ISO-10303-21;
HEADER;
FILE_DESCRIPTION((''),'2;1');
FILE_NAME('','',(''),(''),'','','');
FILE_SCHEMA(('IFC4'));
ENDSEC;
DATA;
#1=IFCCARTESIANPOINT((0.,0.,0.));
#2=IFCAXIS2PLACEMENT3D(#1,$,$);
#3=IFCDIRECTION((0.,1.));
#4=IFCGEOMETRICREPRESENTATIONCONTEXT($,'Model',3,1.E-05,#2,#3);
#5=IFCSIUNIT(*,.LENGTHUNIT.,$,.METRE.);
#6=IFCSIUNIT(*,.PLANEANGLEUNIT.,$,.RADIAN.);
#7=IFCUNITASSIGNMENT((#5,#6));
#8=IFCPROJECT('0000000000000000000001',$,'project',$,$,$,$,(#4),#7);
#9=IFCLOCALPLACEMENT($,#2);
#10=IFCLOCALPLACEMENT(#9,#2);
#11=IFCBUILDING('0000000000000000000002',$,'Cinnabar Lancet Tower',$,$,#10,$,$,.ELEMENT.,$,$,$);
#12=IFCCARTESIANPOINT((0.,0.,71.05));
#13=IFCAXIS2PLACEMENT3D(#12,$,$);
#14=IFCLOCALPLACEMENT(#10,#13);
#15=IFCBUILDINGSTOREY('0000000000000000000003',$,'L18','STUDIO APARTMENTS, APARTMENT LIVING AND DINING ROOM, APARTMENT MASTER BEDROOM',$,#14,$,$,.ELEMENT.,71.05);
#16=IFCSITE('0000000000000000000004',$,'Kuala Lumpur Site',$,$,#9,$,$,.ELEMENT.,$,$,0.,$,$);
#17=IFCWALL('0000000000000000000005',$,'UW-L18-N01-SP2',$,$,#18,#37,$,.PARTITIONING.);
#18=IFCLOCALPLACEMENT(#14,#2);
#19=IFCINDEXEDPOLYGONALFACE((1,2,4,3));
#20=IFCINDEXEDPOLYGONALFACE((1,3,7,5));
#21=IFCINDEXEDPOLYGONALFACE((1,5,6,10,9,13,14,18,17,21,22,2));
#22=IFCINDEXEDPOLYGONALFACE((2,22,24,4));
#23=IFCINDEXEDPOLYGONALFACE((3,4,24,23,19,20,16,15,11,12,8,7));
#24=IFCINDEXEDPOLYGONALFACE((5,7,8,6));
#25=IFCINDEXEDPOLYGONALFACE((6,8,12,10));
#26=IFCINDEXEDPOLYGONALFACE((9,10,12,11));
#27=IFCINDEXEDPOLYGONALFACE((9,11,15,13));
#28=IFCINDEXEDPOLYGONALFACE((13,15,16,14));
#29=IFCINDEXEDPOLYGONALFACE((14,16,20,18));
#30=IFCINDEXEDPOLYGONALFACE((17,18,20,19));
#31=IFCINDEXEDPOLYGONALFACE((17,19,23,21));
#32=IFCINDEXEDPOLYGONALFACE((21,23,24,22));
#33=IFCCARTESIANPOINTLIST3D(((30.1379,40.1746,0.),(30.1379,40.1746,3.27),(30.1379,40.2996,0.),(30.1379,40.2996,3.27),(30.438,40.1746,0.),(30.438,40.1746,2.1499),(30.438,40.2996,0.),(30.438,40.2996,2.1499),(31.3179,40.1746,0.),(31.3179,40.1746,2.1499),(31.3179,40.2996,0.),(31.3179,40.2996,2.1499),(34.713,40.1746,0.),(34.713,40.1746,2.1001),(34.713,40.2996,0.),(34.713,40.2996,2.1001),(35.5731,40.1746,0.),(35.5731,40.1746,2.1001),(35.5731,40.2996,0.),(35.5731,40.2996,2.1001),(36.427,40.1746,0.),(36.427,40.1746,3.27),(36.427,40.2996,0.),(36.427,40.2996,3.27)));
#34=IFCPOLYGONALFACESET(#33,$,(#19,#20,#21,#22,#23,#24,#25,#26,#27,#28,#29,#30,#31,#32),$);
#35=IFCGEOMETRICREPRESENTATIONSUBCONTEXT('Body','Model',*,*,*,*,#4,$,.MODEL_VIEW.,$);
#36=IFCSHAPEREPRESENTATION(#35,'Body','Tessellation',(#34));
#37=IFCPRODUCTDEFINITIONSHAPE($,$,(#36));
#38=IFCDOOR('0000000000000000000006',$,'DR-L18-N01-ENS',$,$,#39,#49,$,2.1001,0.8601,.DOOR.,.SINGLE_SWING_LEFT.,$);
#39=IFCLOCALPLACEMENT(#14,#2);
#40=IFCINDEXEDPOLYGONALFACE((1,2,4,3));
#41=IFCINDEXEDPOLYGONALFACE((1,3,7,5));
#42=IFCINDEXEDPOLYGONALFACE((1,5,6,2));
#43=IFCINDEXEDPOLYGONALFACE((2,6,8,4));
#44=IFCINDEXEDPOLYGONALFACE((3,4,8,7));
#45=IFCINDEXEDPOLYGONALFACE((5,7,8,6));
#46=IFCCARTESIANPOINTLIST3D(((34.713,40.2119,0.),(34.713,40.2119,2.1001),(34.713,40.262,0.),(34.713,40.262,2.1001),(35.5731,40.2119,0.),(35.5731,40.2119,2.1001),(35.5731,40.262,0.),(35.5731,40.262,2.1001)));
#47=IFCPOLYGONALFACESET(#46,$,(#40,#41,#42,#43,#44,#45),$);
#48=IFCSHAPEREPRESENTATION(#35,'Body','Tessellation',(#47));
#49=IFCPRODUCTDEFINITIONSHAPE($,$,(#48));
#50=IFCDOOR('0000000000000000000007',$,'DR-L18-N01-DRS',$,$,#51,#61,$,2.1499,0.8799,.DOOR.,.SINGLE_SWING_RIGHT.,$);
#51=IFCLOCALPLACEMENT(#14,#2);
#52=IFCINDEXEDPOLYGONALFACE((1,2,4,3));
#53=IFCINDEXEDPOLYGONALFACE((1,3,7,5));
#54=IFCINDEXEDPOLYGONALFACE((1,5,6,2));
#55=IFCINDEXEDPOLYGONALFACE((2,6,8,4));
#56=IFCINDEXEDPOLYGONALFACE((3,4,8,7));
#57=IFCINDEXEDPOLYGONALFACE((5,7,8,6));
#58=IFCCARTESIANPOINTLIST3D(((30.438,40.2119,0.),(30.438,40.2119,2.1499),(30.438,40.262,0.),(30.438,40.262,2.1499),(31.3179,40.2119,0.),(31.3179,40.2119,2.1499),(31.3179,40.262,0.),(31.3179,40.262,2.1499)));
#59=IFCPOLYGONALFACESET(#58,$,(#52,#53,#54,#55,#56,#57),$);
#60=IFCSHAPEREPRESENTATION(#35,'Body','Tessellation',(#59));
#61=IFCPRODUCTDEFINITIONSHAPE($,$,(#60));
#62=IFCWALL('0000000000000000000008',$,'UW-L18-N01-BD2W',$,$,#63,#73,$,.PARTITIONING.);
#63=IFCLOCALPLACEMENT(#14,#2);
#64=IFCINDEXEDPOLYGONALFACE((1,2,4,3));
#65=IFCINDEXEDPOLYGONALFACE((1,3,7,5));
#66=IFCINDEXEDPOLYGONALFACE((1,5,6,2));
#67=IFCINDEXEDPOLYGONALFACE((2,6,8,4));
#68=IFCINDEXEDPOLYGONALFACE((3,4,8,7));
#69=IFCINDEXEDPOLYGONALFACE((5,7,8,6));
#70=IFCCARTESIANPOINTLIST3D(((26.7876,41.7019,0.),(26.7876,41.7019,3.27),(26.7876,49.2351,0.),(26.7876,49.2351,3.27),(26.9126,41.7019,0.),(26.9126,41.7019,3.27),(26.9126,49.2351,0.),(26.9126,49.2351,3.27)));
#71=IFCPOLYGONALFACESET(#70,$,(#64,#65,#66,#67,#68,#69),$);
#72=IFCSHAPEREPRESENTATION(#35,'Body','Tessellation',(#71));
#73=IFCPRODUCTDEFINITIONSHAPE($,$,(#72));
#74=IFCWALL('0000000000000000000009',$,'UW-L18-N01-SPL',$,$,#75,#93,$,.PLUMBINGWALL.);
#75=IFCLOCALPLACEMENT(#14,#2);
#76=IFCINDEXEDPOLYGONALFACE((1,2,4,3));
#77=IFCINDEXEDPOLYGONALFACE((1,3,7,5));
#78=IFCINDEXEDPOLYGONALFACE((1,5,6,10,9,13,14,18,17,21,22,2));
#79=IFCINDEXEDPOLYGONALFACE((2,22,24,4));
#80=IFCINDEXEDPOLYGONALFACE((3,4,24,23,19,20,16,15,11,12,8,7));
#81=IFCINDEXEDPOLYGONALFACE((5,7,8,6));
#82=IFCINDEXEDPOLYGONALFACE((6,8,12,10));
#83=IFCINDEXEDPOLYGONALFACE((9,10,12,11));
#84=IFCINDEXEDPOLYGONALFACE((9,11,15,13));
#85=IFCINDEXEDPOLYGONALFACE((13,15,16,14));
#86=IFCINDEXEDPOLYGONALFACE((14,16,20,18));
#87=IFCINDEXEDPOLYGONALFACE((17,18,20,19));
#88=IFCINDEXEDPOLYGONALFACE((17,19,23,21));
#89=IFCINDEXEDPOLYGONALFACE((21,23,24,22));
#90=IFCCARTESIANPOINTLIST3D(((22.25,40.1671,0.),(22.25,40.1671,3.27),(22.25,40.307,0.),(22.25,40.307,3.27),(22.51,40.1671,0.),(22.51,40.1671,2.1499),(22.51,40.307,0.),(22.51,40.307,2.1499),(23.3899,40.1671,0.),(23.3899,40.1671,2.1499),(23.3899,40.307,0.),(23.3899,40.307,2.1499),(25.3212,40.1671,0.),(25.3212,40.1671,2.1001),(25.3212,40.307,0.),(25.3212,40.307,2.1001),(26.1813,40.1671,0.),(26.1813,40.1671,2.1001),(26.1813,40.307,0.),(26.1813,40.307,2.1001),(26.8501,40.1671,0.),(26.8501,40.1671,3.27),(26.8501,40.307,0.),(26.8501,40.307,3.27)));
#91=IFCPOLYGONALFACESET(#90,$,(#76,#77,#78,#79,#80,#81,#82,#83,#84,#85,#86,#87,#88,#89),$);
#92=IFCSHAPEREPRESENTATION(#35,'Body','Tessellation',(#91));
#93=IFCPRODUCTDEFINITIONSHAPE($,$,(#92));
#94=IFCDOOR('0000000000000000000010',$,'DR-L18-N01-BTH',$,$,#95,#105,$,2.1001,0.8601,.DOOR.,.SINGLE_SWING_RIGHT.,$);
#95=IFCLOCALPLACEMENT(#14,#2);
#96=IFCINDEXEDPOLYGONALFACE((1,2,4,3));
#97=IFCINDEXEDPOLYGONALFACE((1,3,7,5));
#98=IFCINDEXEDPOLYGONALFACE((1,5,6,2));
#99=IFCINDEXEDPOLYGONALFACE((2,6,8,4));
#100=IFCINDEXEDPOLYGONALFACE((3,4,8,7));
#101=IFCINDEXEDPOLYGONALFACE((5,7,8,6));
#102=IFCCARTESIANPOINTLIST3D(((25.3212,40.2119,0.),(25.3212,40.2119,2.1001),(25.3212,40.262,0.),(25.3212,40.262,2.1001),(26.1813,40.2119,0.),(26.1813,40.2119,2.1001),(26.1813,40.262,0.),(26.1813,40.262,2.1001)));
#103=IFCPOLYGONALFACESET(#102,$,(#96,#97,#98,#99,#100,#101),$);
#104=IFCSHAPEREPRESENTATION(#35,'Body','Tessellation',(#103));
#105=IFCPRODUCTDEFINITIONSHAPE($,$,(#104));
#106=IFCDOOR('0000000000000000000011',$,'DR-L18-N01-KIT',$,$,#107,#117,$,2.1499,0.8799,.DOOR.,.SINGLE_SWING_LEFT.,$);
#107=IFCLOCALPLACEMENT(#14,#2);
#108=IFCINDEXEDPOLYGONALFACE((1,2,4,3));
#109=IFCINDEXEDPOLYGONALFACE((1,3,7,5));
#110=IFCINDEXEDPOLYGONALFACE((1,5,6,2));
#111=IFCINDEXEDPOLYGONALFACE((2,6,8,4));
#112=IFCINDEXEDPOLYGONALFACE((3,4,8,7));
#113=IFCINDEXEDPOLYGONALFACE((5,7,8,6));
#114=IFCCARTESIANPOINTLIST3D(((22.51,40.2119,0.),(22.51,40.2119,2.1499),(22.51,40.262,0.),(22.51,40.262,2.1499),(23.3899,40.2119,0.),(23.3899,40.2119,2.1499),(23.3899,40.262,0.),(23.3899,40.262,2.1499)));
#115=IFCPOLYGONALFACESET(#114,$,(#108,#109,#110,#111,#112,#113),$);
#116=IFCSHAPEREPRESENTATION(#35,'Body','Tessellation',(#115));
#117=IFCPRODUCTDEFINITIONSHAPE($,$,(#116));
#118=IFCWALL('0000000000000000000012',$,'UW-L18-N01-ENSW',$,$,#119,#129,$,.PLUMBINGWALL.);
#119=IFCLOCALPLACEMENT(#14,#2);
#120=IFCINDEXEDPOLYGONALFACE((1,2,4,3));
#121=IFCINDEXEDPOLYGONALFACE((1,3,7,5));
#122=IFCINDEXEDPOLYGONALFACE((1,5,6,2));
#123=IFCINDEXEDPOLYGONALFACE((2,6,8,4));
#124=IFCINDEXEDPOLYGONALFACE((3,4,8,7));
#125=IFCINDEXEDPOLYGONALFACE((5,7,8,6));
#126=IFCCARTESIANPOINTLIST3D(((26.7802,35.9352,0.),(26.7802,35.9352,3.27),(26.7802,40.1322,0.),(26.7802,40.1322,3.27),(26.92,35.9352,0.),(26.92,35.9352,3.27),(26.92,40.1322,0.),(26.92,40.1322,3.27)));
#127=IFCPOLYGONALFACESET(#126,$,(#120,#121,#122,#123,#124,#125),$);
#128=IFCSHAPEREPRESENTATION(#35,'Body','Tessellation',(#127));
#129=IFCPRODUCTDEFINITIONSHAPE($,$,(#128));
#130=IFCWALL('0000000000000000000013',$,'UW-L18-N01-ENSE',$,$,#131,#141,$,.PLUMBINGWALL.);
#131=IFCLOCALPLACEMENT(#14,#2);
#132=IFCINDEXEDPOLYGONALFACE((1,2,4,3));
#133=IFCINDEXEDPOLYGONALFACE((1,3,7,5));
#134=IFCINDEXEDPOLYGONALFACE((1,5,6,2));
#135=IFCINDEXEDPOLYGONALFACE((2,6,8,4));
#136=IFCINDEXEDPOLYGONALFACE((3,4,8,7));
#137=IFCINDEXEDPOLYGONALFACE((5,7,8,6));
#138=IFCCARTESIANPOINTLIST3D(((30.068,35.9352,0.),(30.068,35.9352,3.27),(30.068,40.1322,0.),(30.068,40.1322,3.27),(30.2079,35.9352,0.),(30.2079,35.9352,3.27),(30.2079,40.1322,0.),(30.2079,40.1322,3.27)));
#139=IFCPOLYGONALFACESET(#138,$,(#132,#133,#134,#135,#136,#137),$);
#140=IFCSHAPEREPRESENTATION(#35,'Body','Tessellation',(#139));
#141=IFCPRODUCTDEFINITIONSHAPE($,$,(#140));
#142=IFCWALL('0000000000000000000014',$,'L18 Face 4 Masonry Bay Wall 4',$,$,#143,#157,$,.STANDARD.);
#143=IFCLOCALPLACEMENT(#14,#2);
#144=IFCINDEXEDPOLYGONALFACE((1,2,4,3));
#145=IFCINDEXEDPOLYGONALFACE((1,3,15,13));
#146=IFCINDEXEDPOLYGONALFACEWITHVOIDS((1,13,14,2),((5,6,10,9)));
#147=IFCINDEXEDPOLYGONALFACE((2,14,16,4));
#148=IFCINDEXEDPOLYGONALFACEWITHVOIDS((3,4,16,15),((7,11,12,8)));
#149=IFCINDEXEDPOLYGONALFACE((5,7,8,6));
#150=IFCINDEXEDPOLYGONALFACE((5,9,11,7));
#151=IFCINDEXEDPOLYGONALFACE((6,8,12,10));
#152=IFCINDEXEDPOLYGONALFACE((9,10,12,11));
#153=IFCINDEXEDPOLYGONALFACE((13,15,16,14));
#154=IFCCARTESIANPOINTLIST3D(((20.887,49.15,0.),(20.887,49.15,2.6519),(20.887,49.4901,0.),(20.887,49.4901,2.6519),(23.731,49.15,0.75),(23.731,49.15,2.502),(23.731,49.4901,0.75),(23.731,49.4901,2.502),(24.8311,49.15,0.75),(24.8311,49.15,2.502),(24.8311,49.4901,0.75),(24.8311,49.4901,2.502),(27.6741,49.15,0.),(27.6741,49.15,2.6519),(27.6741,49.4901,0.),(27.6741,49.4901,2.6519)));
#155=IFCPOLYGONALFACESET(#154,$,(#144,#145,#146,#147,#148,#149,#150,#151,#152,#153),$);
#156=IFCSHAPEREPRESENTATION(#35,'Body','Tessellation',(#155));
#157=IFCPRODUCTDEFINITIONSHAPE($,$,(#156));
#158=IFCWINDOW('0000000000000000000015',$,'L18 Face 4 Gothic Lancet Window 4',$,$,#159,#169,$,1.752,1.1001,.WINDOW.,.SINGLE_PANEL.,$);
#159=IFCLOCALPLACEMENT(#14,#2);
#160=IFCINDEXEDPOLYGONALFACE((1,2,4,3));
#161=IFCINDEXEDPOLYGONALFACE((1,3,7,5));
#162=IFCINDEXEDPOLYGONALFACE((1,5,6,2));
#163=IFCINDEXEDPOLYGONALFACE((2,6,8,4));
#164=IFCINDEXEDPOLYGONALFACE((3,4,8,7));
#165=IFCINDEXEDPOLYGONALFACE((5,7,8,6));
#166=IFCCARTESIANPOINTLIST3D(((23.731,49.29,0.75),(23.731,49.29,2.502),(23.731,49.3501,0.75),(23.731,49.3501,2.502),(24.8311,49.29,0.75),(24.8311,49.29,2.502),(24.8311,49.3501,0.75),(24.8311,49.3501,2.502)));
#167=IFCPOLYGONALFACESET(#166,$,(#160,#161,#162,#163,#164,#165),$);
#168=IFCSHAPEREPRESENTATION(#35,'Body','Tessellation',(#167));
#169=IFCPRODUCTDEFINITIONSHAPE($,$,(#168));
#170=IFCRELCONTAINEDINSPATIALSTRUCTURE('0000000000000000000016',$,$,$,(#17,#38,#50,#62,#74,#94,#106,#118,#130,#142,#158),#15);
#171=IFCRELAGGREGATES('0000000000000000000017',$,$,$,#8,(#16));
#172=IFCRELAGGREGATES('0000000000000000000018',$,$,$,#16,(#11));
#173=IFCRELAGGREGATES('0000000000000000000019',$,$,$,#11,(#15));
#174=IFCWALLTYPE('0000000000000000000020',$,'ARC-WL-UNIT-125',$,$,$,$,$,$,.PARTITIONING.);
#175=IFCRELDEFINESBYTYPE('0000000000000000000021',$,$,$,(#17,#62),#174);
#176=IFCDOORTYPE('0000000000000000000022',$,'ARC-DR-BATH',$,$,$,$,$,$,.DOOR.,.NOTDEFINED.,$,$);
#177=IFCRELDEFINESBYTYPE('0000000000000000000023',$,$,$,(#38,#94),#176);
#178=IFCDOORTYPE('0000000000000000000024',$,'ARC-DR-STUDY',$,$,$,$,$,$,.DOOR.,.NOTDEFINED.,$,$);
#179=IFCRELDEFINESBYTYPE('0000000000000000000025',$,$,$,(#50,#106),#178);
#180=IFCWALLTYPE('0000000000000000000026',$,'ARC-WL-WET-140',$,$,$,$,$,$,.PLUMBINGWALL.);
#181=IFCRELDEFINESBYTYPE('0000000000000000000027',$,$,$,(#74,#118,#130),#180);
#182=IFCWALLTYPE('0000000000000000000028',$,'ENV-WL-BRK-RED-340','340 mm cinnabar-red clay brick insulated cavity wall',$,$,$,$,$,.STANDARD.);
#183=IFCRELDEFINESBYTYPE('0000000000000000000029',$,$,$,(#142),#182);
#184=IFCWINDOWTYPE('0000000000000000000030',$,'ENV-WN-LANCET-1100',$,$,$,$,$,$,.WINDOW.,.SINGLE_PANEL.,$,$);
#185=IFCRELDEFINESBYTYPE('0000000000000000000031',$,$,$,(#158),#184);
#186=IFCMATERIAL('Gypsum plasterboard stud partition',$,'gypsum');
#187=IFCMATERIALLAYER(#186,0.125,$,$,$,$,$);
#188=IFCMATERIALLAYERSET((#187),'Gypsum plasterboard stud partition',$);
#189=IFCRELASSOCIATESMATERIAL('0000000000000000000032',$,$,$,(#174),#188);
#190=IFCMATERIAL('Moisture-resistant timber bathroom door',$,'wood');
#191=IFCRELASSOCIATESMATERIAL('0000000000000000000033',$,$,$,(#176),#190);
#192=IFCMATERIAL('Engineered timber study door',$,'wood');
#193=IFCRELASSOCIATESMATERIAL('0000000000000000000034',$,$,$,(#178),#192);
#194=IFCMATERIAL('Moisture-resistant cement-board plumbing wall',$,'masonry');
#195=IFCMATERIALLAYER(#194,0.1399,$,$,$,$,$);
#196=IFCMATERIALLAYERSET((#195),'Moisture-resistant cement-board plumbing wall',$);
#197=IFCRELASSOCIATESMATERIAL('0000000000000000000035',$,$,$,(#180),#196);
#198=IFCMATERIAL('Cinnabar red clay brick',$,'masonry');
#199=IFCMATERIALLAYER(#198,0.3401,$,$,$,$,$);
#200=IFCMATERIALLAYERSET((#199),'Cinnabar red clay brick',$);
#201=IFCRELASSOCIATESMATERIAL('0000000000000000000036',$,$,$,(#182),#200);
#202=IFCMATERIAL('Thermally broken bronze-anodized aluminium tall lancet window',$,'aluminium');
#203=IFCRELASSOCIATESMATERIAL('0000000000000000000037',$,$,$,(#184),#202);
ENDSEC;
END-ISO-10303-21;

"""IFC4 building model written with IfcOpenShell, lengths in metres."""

from ifc_helpers import new_model, si_unit, direction, frame, frame_2d, origin, place, context, subcontext, project, spatial, rectangle, extrude, material, layer, layer_set, type_object, element, fill, save


model = new_model("IFC4")

# Units and contexts
model_context = context("Model", 3, precision=1e-05, world=origin(), true_north=direction((0.0, 1.0)))
body_context = subcontext(model_context, "Body", "Model", "MODEL_VIEW")
ifc_project = project(units=[si_unit("LENGTHUNIT", "METRE"), si_unit("PLANEANGLEUNIT", "RADIAN")], contexts=[model_context])

# Site, building, storey
site_placement = place(None, origin())
site = spatial("IfcSite", under=ifc_project, at=site_placement, Name="Kuala Lumpur Site", CompositionType="ELEMENT", RefElevation=0.0)
building_placement = place(site_placement, origin())
building = spatial("IfcBuilding", under=site, at=building_placement, Name="Cinnabar Lancet Tower", CompositionType="ELEMENT")
storey_placement = place(building_placement, frame((0.0, 0.0, 71.05)))
storey = spatial("IfcBuildingStorey", under=building, at=storey_placement, Name="L18", Description="STUDIO APARTMENTS, APARTMENT LIVING AND DINING ROOM, APARTMENT MASTER BEDROOM", CompositionType="ELEMENT", Elevation=71.05)

# Wall, openings, doors
ifc_material_1 = material(Name="Gypsum plasterboard stud partition", Category="gypsum")
ifc_layer_1 = layer(ifc_material_1, 0.125)
ifc_layer_set_1 = layer_set([ifc_layer_1], Name="Gypsum plasterboard stud partition")
wall_type_1 = type_object("IfcWallType", Name="ARC-WL-UNIT-125", PredefinedType="PARTITIONING", material=ifc_layer_set_1)
wall_1_placement = place(storey_placement, frame((30.1379, 40.2371, 0.0), z_axis=(0.0, 0.0, 1.0), x_axis=(1.0, 0.0, 0.0)))
wall_1 = element("IfcWall", 1, at=wall_1_placement, inside=storey, type_object=wall_type_1, Name="UW-L18-N01-SP2", PredefinedType="PARTITIONING", context=body_context, shape_type="SweptSolid", body=[
    extrude(rectangle(XDim=6.2891, YDim=0.125, at=frame_2d((3.1445, 0.0))), origin(), (0.0, 0.0, 1.0), 3.27),
])
opening_1_placement = place(wall_1_placement, frame((4.575, 0.0, 0.0)))
opening_1 = element("IfcOpeningElement", 2, at=opening_1_placement, cuts=wall_1, PredefinedType="OPENING", context=body_context, shape_type="SweptSolid", body=[
    extrude(rectangle(XDim=0.8601, YDim=2.1001, at=frame_2d((0.4302, 1.05))), frame((0.0, 0.0725, 0.0), z_axis=(0.0, -1.0, 0.0), x_axis=(1.0, 0.0, 0.0)), (0.0, 0.0, 1.0), 0.145),
])
opening_2_placement = place(wall_1_placement, frame((0.3, 0.0, 0.0)))
opening_2 = element("IfcOpeningElement", 3, at=opening_2_placement, cuts=wall_1, PredefinedType="OPENING", context=body_context, shape_type="SweptSolid", body=[
    extrude(rectangle(XDim=0.8799, YDim=2.1499, at=frame_2d((0.4399, 1.075))), frame((0.0, 0.0725, 0.0), z_axis=(0.0, -1.0, 0.0), x_axis=(1.0, 0.0, 0.0)), (0.0, 0.0, 1.0), 0.145),
])
ifc_material_2 = material(Name="Moisture-resistant timber bathroom door", Category="wood")
door_type_1 = type_object("IfcDoorType", Name="ARC-DR-BATH", OperationType="NOTDEFINED", PredefinedType="DOOR", material=ifc_material_2)
door_1_placement = place(opening_1_placement, origin())
door_1 = element("IfcDoor", 4, at=door_1_placement, inside=storey, type_object=door_type_1, Name="DR-L18-N01-ENS", OperationType="SINGLE_SWING_LEFT", OverallHeight=2.1001, OverallWidth=0.8601, PredefinedType="DOOR", context=body_context, shape_type="SweptSolid", body=[
    extrude(rectangle(XDim=0.8601, YDim=2.1001, at=frame_2d((0.4302, 1.05))), frame((0.0, 0.0249, 0.0), z_axis=(0.0, -1.0, 0.0), x_axis=(1.0, 0.0, 0.0)), (0.0, 0.0, 1.0), 0.05),
])
fill(opening_1, door_1)
ifc_material_3 = material(Name="Engineered timber study door", Category="wood")
door_type_2 = type_object("IfcDoorType", Name="ARC-DR-STUDY", OperationType="NOTDEFINED", PredefinedType="DOOR", material=ifc_material_3)
door_2_placement = place(opening_2_placement, origin())
door_2 = element("IfcDoor", 5, at=door_2_placement, inside=storey, type_object=door_type_2, Name="DR-L18-N01-DRS", OperationType="SINGLE_SWING_RIGHT", OverallHeight=2.1499, OverallWidth=0.8799, PredefinedType="DOOR", context=body_context, shape_type="SweptSolid", body=[
    extrude(rectangle(XDim=0.8799, YDim=2.1499, at=frame_2d((0.4399, 1.075))), frame((0.0, 0.0249, 0.0), z_axis=(0.0, -1.0, 0.0), x_axis=(1.0, 0.0, 0.0)), (0.0, 0.0, 1.0), 0.05),
])
fill(opening_2, door_2)

# Wall
wall_2_placement = place(storey_placement, frame((26.8501, 41.7019, 0.0), z_axis=(0.0, 0.0, 1.0), x_axis=(0.0, 1.0, 0.0)))
element("IfcWall", 6, at=wall_2_placement, inside=storey, type_object=wall_type_1, Name="UW-L18-N01-BD2W", PredefinedType="PARTITIONING", context=body_context, shape_type="SweptSolid", body=[
    extrude(rectangle(XDim=7.5332, YDim=0.125, at=frame_2d((3.7666, 0.0))), origin(), (0.0, 0.0, 1.0), 3.27),
])

# Wall, openings, doors
ifc_material_4 = material(Name="Moisture-resistant cement-board plumbing wall", Category="masonry")
ifc_layer_2 = layer(ifc_material_4, 0.1399)
ifc_layer_set_2 = layer_set([ifc_layer_2], Name="Moisture-resistant cement-board plumbing wall")
wall_type_2 = type_object("IfcWallType", Name="ARC-WL-WET-140", PredefinedType="PLUMBINGWALL", material=ifc_layer_set_2)
wall_3_placement = place(storey_placement, frame((22.25, 40.2371, 0.0), z_axis=(0.0, 0.0, 1.0), x_axis=(1.0, 0.0, 0.0)))
wall_3 = element("IfcWall", 7, at=wall_3_placement, inside=storey, type_object=wall_type_2, Name="UW-L18-N01-SPL", PredefinedType="PLUMBINGWALL", context=body_context, shape_type="SweptSolid", body=[
    extrude(rectangle(XDim=4.6001, YDim=0.1399, at=frame_2d((2.3, 0.0))), origin(), (0.0, 0.0, 1.0), 3.27),
])
opening_3_placement = place(wall_3_placement, frame((3.071, 0.0, 0.0)))
opening_3 = element("IfcOpeningElement", 8, at=opening_3_placement, cuts=wall_3, PredefinedType="OPENING", context=body_context, shape_type="SweptSolid", body=[
    extrude(rectangle(XDim=0.8601, YDim=2.1001, at=frame_2d((0.4302, 1.05))), frame((0.0, 0.0798, 0.0), z_axis=(0.0, -1.0, 0.0), x_axis=(1.0, 0.0, 0.0)), (0.0, 0.0, 1.0), 0.1599),
])
opening_4_placement = place(wall_3_placement, frame((0.26, 0.0, 0.0)))
opening_4 = element("IfcOpeningElement", 9, at=opening_4_placement, cuts=wall_3, PredefinedType="OPENING", context=body_context, shape_type="SweptSolid", body=[
    extrude(rectangle(XDim=0.8799, YDim=2.1499, at=frame_2d((0.4399, 1.075))), frame((0.0, 0.0798, 0.0), z_axis=(0.0, -1.0, 0.0), x_axis=(1.0, 0.0, 0.0)), (0.0, 0.0, 1.0), 0.1599),
])
door_3_placement = place(opening_3_placement, origin())
door_3 = element("IfcDoor", 10, at=door_3_placement, inside=storey, type_object=door_type_1, Name="DR-L18-N01-BTH", OperationType="SINGLE_SWING_RIGHT", OverallHeight=2.1001, OverallWidth=0.8601, PredefinedType="DOOR", context=body_context, shape_type="SweptSolid", body=[
    extrude(rectangle(XDim=0.8601, YDim=2.1001, at=frame_2d((0.4302, 1.05))), frame((0.0, 0.0249, 0.0), z_axis=(0.0, -1.0, 0.0), x_axis=(1.0, 0.0, 0.0)), (0.0, 0.0, 1.0), 0.05),
])
fill(opening_3, door_3)
door_4_placement = place(opening_4_placement, origin())
door_4 = element("IfcDoor", 11, at=door_4_placement, inside=storey, type_object=door_type_2, Name="DR-L18-N01-KIT", OperationType="SINGLE_SWING_LEFT", OverallHeight=2.1499, OverallWidth=0.8799, PredefinedType="DOOR", context=body_context, shape_type="SweptSolid", body=[
    extrude(rectangle(XDim=0.8799, YDim=2.1499, at=frame_2d((0.4399, 1.075))), frame((0.0, 0.0249, 0.0), z_axis=(0.0, -1.0, 0.0), x_axis=(1.0, 0.0, 0.0)), (0.0, 0.0, 1.0), 0.05),
])
fill(opening_4, door_4)

# Walls
for number, where, z_axis, x_axis, name in (
    (12, (26.8501, 35.9351, 0.0), (0.0, 0.0, 1.0), (0.0, 1.0, 0.0), "UW-L18-N01-ENSW"),
    (13, (30.1379, 35.9351, 0.0), (0.0, 0.0, 1.0), (0.0, 1.0, 0.0), "UW-L18-N01-ENSE"),
):
    element("IfcWall", number, at=place(storey_placement, frame(where, z_axis=z_axis, x_axis=x_axis)), inside=storey, type_object=wall_type_2, Name=name, PredefinedType="PLUMBINGWALL", context=body_context, shape_type="SweptSolid", body=[
        extrude(rectangle(XDim=4.197, YDim=0.1399, at=frame_2d((2.0986, 0.0))), origin(), (0.0, 0.0, 1.0), 3.27),
    ])

# Wall, opening, window
ifc_material_5 = material(Name="Cinnabar red clay brick", Category="masonry")
ifc_layer_3 = layer(ifc_material_5, 0.3401)
ifc_layer_set_3 = layer_set([ifc_layer_3], Name="Cinnabar red clay brick")
wall_type_3 = type_object("IfcWallType", Name="ENV-WL-BRK-RED-340", Description="340 mm cinnabar-red clay brick insulated cavity wall", PredefinedType="STANDARD", material=ifc_layer_set_3)
wall_4_placement = place(storey_placement, frame((27.6741, 49.3201, 0.0), z_axis=(0.0, 0.0, 1.0), x_axis=(-1.0, 0.0, 0.0)))
wall_4 = element("IfcWall", 14, at=wall_4_placement, inside=storey, type_object=wall_type_3, Name="L18 Face 4 Masonry Bay Wall 4", PredefinedType="STANDARD", context=body_context, shape_type="SweptSolid", body=[
    extrude(rectangle(XDim=6.7871, YDim=0.3401, at=frame_2d((3.3936, 0.0))), origin(), (0.0, 0.0, 1.0), 2.6519),
])
opening_5_placement = place(wall_4_placement, frame((2.843, 0.0, 0.75)))
opening_5 = element("IfcOpeningElement", 15, at=opening_5_placement, cuts=wall_4, PredefinedType="OPENING", context=body_context, shape_type="SweptSolid", body=[
    extrude(rectangle(XDim=1.1001, YDim=1.752, at=frame_2d((0.55, 0.876))), frame((0.0, 0.1799, 0.0), z_axis=(0.0, -1.0, 0.0), x_axis=(1.0, 0.0, 0.0)), (0.0, 0.0, 1.0), 0.3601),
])
ifc_material_6 = material(Name="Thermally broken bronze-anodized aluminium tall lancet window", Category="aluminium")
window_type = type_object("IfcWindowType", Name="ENV-WN-LANCET-1100", PartitioningType="SINGLE_PANEL", PredefinedType="WINDOW", material=ifc_material_6)
window_placement = place(opening_5_placement, origin())
window = element("IfcWindow", 16, at=window_placement, inside=storey, type_object=window_type, Name="L18 Face 4 Gothic Lancet Window 4", OverallHeight=1.752, OverallWidth=1.1001, PartitioningType="SINGLE_PANEL", PredefinedType="WINDOW", context=body_context, shape_type="SweptSolid", body=[
    extrude(rectangle(XDim=1.1001, YDim=1.752, at=frame_2d((0.55, 0.876))), frame((0.0, 0.03, 0.0), z_axis=(0.0, -1.0, 0.0), x_axis=(1.0, 0.0, 0.0)), (0.0, 0.0, 1.0), 0.0601),
])
fill(opening_5, window)

save(model, "model.ifc")
